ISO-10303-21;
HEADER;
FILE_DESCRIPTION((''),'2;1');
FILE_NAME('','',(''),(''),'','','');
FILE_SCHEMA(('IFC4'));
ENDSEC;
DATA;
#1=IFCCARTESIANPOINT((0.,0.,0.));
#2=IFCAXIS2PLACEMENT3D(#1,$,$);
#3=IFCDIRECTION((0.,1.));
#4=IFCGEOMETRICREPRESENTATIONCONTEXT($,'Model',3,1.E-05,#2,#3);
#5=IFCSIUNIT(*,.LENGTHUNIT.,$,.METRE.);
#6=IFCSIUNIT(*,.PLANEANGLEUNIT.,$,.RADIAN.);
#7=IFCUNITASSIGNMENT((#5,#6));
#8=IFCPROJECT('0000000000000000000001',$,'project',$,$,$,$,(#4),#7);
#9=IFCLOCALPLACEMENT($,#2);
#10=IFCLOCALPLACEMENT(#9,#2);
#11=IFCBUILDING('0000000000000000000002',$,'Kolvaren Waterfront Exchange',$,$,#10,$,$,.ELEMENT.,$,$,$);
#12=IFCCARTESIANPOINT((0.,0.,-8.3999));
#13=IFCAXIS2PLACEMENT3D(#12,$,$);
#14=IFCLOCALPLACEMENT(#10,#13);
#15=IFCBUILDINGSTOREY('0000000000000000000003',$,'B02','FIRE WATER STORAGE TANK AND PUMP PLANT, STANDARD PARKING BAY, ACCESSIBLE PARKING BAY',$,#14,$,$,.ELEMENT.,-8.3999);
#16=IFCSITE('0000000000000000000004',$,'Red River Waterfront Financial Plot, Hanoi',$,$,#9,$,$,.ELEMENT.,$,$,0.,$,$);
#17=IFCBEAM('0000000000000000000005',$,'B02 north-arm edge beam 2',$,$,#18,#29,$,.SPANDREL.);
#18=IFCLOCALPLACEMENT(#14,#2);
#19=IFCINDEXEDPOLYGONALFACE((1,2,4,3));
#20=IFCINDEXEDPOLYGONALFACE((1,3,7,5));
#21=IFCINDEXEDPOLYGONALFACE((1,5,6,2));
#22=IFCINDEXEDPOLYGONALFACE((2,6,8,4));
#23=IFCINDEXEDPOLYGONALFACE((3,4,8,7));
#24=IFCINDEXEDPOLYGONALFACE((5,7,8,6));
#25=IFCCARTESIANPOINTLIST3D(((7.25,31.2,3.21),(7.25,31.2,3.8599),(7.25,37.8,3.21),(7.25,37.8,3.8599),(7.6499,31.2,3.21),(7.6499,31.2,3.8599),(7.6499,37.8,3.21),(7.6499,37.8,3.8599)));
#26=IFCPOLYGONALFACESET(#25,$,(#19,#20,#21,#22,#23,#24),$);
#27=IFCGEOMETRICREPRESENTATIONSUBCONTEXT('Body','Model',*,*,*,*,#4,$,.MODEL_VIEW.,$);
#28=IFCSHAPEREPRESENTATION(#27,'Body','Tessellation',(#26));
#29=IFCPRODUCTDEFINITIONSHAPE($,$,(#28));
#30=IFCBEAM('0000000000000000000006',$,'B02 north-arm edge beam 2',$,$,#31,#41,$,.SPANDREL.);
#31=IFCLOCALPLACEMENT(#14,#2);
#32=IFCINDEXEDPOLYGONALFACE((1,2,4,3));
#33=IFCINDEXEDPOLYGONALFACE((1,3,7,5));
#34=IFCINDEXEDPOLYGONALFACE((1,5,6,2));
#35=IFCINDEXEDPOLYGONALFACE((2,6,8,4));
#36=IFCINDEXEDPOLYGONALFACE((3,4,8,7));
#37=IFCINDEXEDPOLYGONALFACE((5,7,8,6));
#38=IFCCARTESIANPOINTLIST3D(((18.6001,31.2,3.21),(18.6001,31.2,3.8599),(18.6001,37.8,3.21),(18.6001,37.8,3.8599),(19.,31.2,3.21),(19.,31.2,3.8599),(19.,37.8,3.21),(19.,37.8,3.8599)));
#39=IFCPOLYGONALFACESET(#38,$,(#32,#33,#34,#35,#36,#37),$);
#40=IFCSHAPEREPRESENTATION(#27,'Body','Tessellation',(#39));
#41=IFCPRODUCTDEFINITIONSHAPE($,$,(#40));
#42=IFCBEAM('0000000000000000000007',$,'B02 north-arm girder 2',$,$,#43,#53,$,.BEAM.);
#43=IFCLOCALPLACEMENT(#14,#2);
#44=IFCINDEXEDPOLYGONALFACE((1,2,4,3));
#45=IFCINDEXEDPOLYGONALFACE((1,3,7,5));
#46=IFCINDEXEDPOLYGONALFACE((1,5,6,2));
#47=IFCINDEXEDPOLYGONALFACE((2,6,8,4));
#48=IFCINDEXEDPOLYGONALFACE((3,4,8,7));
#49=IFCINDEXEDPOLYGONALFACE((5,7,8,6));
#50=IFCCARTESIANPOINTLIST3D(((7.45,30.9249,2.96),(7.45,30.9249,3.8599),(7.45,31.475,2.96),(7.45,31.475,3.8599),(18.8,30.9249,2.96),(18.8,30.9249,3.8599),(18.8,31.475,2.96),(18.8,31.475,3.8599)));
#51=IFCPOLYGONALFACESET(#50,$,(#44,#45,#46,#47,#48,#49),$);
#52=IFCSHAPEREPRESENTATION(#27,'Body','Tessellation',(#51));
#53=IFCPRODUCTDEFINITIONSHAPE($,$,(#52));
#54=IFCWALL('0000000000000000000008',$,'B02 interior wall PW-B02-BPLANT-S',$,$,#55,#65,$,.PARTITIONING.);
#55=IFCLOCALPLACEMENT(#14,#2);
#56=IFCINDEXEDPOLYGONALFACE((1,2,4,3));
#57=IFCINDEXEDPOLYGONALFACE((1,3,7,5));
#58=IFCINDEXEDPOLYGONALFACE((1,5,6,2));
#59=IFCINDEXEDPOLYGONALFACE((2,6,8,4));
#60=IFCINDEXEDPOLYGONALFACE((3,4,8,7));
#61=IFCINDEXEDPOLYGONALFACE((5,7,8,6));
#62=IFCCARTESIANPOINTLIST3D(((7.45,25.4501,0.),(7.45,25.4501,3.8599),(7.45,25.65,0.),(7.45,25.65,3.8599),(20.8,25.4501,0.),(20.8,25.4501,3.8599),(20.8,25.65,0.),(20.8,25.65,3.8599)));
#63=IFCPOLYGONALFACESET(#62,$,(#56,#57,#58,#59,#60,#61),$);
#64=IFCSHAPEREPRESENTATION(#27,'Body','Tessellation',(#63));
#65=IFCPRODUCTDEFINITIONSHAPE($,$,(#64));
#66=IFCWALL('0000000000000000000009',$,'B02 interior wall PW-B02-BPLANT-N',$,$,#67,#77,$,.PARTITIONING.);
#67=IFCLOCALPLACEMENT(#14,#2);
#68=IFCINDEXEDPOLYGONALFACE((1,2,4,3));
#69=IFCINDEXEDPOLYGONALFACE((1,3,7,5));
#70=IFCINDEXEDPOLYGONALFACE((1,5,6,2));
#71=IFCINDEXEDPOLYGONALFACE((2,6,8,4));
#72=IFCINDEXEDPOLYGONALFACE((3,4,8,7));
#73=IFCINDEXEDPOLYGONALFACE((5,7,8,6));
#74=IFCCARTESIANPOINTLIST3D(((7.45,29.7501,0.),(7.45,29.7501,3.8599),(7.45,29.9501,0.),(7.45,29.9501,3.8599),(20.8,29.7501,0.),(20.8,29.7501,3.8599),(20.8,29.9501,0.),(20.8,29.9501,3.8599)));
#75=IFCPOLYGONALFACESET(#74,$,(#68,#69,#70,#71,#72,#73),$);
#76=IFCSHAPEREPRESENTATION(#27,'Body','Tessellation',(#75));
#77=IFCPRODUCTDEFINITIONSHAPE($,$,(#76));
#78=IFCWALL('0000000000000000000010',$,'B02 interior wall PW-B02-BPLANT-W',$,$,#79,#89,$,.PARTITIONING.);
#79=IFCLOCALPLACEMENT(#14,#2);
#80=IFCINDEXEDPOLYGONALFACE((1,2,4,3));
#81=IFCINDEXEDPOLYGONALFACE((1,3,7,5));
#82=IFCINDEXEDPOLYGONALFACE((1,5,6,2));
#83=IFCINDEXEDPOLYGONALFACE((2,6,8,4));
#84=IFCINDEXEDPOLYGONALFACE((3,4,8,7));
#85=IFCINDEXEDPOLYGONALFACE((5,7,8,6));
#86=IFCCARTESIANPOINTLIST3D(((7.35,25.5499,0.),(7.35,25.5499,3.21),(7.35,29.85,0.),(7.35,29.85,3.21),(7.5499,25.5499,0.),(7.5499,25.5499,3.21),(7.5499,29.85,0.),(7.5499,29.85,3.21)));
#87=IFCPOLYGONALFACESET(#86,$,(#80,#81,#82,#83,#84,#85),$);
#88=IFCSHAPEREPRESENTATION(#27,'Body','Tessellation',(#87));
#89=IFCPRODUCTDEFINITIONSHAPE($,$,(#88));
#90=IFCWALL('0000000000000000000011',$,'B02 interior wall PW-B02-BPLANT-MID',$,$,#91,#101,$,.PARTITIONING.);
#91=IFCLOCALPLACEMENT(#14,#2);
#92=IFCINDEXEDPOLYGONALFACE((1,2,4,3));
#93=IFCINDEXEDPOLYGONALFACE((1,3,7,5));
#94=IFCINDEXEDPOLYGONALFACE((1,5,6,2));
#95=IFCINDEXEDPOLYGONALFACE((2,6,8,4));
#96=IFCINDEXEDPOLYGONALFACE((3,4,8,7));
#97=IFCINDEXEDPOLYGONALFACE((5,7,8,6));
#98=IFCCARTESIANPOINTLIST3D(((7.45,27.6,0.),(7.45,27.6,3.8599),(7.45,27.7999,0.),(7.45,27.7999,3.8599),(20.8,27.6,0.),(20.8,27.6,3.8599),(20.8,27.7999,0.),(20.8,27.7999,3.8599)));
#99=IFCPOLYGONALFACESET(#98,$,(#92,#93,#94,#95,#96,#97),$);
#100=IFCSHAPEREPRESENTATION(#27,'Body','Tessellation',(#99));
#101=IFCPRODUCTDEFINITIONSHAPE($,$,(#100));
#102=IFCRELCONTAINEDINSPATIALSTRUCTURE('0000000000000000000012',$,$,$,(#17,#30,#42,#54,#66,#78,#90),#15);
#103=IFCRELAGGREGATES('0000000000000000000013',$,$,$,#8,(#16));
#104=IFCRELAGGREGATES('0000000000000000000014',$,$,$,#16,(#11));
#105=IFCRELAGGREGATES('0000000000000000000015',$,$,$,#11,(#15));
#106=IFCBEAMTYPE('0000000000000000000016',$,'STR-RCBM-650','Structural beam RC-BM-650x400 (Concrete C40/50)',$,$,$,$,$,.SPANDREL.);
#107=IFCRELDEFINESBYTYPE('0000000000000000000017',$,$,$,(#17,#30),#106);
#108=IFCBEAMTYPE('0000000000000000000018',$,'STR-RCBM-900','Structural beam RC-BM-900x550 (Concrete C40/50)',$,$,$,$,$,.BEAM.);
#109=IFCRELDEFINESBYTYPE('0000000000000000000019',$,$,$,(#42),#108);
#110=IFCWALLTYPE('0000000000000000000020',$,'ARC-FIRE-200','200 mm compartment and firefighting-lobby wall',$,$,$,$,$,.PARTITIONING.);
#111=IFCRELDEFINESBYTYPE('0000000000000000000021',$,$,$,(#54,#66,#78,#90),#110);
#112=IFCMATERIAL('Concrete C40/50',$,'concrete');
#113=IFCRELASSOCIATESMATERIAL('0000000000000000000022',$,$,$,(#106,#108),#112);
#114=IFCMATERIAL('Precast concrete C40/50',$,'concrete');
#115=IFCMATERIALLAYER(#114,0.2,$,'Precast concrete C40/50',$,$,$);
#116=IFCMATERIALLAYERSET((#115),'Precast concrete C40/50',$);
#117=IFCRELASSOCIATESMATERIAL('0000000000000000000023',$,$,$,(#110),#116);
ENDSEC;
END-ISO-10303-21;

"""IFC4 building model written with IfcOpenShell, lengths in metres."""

from ifc_helpers import new_model, si_unit, direction, frame, frame_2d, origin, origin_2d, place, context, subcontext, project, spatial, rectangle, extrude, material, layer, layer_set, material_profile, profile_set, type_object, element, save


model = new_model("IFC4")

# Units and contexts
model_context = context("Model", 3, precision=1e-05, world=origin(), true_north=direction((0.0, 1.0)))
body_context = subcontext(model_context, "Body", "Model", "MODEL_VIEW")
ifc_project = project(units=[si_unit("LENGTHUNIT", "METRE"), si_unit("PLANEANGLEUNIT", "RADIAN")], contexts=[model_context])

# Site, building, storey
site_placement = place(None, origin())
site = spatial("IfcSite", under=ifc_project, at=site_placement, Name="Red River Waterfront Financial Plot, Hanoi", CompositionType="ELEMENT", RefElevation=0.0)
building_placement = place(site_placement, origin())
building = spatial("IfcBuilding", under=site, at=building_placement, Name="Kolvaren Waterfront Exchange", CompositionType="ELEMENT")
storey_placement = place(building_placement, frame((0.0, 0.0, -8.3999)))
storey = spatial("IfcBuildingStorey", under=building, at=storey_placement, Name="B02", Description="FIRE WATER STORAGE TANK AND PUMP PLANT, STANDARD PARKING BAY, ACCESSIBLE PARKING BAY", CompositionType="ELEMENT", Elevation=-8.3999)

# Shared definitions
ifc_material_1 = material(Name="Concrete C40/50", Category="concrete")

# Beams
ifc_material_profile_1 = material_profile(ifc_material_1, rectangle(XDim=0.3999, YDim=0.6499, at=origin_2d()), Name="RC-BM-650x400")
ifc_profile_set_1 = profile_set([ifc_material_profile_1], Name="Concrete C40/50")
beam_type_1 = type_object("IfcBeamType", Name="STR-RCBM-650", Description="Structural beam RC-BM-650x400 (Concrete C40/50)", PredefinedType="SPANDREL", material=ifc_profile_set_1)
for number, where, z_axis, x_axis, name in (
    (1, (7.45, 31.2, 3.5349), (0.0, 1.0, 0.0), (-1.0, 0.0, 0.0), "B02 north-arm edge beam 2"),
    (2, (18.8, 31.2, 3.5349), (0.0, 1.0, 0.0), (-1.0, 0.0, 0.0), "B02 north-arm edge beam 2"),
):
    element("IfcBeam", number, at=place(storey_placement, frame(where, z_axis=z_axis, x_axis=x_axis)), inside=storey, type_object=beam_type_1, Name=name, PredefinedType="SPANDREL", context=body_context, shape_type="SweptSolid", body=[
        extrude(rectangle(XDim=0.3999, YDim=0.6499, at=origin_2d()), origin(), (0.0, 0.0, 1.0), 6.6001),
    ])
ifc_material_profile_2 = material_profile(ifc_material_1, rectangle(XDim=0.55, YDim=0.8999, at=origin_2d()), Name="RC-BM-900x550")
ifc_profile_set_2 = profile_set([ifc_material_profile_2], Name="Concrete C40/50")
beam_type_2 = type_object("IfcBeamType", Name="STR-RCBM-900", Description="Structural beam RC-BM-900x550 (Concrete C40/50)", PredefinedType="BEAM", material=ifc_profile_set_2)
beam_placement = place(storey_placement, frame((7.45, 31.2, 3.4099), z_axis=(1.0, 0.0, 0.0), x_axis=(0.0, 1.0, 0.0)))
element("IfcBeam", 3, at=beam_placement, inside=storey, type_object=beam_type_2, Name="B02 north-arm girder 2", PredefinedType="BEAM", context=body_context, shape_type="SweptSolid", body=[
    extrude(rectangle(XDim=0.55, YDim=0.8999, at=origin_2d()), origin(), (0.0, 0.0, 1.0), 11.3501),
])

# Walls
ifc_material_2 = material(Name="Precast concrete C40/50", Category="concrete")
ifc_layer = layer(ifc_material_2, 0.2, Name="Precast concrete C40/50")
ifc_layer_set = layer_set([ifc_layer], Name="Precast concrete C40/50")
wall_type = type_object("IfcWallType", Name="ARC-FIRE-200", Description="200 mm compartment and firefighting-lobby wall", PredefinedType="PARTITIONING", material=ifc_layer_set)
for number, where, z_axis, x_axis, name in (
    (4, (7.45, 25.55, 0.0), (0.0, 0.0, 1.0), (1.0, 0.0, 0.0), "B02 interior wall PW-B02-BPLANT-S"),
    (5, (7.45, 29.8501, 0.0), (0.0, 0.0, 1.0), (1.0, 0.0, 0.0), "B02 interior wall PW-B02-BPLANT-N"),
):
    element("IfcWall", number, at=place(storey_placement, frame(where, z_axis=z_axis, x_axis=x_axis)), inside=storey, type_object=wall_type, Name=name, PredefinedType="PARTITIONING", context=body_context, shape_type="SweptSolid", body=[
        extrude(rectangle(XDim=13.3501, YDim=0.2, at=frame_2d((6.675, 0.0))), origin(), (0.0, 0.0, 1.0), 3.8599),
    ])
wall_1_placement = place(storey_placement, frame((7.45, 25.55, 0.0), z_axis=(0.0, 0.0, 1.0), x_axis=(0.0, 1.0, 0.0)))
element("IfcWall", 6, at=wall_1_placement, inside=storey, type_object=wall_type, Name="B02 interior wall PW-B02-BPLANT-W", PredefinedType="PARTITIONING", context=body_context, shape_type="SweptSolid", body=[
    extrude(rectangle(XDim=4.3, YDim=0.2, at=frame_2d((2.1499, 0.0))), origin(), (0.0, 0.0, 1.0), 3.21),
])
wall_2_placement = place(storey_placement, frame((7.45, 27.7, 0.0), z_axis=(0.0, 0.0, 1.0), x_axis=(1.0, 0.0, 0.0)))
element("IfcWall", 7, at=wall_2_placement, inside=storey, type_object=wall_type, Name="B02 interior wall PW-B02-BPLANT-MID", PredefinedType="PARTITIONING", context=body_context, shape_type="SweptSolid", body=[
    extrude(rectangle(XDim=13.3501, YDim=0.2, at=frame_2d((6.675, 0.0))), origin(), (0.0, 0.0, 1.0), 3.8599),
])

save(model, "model.ifc")
